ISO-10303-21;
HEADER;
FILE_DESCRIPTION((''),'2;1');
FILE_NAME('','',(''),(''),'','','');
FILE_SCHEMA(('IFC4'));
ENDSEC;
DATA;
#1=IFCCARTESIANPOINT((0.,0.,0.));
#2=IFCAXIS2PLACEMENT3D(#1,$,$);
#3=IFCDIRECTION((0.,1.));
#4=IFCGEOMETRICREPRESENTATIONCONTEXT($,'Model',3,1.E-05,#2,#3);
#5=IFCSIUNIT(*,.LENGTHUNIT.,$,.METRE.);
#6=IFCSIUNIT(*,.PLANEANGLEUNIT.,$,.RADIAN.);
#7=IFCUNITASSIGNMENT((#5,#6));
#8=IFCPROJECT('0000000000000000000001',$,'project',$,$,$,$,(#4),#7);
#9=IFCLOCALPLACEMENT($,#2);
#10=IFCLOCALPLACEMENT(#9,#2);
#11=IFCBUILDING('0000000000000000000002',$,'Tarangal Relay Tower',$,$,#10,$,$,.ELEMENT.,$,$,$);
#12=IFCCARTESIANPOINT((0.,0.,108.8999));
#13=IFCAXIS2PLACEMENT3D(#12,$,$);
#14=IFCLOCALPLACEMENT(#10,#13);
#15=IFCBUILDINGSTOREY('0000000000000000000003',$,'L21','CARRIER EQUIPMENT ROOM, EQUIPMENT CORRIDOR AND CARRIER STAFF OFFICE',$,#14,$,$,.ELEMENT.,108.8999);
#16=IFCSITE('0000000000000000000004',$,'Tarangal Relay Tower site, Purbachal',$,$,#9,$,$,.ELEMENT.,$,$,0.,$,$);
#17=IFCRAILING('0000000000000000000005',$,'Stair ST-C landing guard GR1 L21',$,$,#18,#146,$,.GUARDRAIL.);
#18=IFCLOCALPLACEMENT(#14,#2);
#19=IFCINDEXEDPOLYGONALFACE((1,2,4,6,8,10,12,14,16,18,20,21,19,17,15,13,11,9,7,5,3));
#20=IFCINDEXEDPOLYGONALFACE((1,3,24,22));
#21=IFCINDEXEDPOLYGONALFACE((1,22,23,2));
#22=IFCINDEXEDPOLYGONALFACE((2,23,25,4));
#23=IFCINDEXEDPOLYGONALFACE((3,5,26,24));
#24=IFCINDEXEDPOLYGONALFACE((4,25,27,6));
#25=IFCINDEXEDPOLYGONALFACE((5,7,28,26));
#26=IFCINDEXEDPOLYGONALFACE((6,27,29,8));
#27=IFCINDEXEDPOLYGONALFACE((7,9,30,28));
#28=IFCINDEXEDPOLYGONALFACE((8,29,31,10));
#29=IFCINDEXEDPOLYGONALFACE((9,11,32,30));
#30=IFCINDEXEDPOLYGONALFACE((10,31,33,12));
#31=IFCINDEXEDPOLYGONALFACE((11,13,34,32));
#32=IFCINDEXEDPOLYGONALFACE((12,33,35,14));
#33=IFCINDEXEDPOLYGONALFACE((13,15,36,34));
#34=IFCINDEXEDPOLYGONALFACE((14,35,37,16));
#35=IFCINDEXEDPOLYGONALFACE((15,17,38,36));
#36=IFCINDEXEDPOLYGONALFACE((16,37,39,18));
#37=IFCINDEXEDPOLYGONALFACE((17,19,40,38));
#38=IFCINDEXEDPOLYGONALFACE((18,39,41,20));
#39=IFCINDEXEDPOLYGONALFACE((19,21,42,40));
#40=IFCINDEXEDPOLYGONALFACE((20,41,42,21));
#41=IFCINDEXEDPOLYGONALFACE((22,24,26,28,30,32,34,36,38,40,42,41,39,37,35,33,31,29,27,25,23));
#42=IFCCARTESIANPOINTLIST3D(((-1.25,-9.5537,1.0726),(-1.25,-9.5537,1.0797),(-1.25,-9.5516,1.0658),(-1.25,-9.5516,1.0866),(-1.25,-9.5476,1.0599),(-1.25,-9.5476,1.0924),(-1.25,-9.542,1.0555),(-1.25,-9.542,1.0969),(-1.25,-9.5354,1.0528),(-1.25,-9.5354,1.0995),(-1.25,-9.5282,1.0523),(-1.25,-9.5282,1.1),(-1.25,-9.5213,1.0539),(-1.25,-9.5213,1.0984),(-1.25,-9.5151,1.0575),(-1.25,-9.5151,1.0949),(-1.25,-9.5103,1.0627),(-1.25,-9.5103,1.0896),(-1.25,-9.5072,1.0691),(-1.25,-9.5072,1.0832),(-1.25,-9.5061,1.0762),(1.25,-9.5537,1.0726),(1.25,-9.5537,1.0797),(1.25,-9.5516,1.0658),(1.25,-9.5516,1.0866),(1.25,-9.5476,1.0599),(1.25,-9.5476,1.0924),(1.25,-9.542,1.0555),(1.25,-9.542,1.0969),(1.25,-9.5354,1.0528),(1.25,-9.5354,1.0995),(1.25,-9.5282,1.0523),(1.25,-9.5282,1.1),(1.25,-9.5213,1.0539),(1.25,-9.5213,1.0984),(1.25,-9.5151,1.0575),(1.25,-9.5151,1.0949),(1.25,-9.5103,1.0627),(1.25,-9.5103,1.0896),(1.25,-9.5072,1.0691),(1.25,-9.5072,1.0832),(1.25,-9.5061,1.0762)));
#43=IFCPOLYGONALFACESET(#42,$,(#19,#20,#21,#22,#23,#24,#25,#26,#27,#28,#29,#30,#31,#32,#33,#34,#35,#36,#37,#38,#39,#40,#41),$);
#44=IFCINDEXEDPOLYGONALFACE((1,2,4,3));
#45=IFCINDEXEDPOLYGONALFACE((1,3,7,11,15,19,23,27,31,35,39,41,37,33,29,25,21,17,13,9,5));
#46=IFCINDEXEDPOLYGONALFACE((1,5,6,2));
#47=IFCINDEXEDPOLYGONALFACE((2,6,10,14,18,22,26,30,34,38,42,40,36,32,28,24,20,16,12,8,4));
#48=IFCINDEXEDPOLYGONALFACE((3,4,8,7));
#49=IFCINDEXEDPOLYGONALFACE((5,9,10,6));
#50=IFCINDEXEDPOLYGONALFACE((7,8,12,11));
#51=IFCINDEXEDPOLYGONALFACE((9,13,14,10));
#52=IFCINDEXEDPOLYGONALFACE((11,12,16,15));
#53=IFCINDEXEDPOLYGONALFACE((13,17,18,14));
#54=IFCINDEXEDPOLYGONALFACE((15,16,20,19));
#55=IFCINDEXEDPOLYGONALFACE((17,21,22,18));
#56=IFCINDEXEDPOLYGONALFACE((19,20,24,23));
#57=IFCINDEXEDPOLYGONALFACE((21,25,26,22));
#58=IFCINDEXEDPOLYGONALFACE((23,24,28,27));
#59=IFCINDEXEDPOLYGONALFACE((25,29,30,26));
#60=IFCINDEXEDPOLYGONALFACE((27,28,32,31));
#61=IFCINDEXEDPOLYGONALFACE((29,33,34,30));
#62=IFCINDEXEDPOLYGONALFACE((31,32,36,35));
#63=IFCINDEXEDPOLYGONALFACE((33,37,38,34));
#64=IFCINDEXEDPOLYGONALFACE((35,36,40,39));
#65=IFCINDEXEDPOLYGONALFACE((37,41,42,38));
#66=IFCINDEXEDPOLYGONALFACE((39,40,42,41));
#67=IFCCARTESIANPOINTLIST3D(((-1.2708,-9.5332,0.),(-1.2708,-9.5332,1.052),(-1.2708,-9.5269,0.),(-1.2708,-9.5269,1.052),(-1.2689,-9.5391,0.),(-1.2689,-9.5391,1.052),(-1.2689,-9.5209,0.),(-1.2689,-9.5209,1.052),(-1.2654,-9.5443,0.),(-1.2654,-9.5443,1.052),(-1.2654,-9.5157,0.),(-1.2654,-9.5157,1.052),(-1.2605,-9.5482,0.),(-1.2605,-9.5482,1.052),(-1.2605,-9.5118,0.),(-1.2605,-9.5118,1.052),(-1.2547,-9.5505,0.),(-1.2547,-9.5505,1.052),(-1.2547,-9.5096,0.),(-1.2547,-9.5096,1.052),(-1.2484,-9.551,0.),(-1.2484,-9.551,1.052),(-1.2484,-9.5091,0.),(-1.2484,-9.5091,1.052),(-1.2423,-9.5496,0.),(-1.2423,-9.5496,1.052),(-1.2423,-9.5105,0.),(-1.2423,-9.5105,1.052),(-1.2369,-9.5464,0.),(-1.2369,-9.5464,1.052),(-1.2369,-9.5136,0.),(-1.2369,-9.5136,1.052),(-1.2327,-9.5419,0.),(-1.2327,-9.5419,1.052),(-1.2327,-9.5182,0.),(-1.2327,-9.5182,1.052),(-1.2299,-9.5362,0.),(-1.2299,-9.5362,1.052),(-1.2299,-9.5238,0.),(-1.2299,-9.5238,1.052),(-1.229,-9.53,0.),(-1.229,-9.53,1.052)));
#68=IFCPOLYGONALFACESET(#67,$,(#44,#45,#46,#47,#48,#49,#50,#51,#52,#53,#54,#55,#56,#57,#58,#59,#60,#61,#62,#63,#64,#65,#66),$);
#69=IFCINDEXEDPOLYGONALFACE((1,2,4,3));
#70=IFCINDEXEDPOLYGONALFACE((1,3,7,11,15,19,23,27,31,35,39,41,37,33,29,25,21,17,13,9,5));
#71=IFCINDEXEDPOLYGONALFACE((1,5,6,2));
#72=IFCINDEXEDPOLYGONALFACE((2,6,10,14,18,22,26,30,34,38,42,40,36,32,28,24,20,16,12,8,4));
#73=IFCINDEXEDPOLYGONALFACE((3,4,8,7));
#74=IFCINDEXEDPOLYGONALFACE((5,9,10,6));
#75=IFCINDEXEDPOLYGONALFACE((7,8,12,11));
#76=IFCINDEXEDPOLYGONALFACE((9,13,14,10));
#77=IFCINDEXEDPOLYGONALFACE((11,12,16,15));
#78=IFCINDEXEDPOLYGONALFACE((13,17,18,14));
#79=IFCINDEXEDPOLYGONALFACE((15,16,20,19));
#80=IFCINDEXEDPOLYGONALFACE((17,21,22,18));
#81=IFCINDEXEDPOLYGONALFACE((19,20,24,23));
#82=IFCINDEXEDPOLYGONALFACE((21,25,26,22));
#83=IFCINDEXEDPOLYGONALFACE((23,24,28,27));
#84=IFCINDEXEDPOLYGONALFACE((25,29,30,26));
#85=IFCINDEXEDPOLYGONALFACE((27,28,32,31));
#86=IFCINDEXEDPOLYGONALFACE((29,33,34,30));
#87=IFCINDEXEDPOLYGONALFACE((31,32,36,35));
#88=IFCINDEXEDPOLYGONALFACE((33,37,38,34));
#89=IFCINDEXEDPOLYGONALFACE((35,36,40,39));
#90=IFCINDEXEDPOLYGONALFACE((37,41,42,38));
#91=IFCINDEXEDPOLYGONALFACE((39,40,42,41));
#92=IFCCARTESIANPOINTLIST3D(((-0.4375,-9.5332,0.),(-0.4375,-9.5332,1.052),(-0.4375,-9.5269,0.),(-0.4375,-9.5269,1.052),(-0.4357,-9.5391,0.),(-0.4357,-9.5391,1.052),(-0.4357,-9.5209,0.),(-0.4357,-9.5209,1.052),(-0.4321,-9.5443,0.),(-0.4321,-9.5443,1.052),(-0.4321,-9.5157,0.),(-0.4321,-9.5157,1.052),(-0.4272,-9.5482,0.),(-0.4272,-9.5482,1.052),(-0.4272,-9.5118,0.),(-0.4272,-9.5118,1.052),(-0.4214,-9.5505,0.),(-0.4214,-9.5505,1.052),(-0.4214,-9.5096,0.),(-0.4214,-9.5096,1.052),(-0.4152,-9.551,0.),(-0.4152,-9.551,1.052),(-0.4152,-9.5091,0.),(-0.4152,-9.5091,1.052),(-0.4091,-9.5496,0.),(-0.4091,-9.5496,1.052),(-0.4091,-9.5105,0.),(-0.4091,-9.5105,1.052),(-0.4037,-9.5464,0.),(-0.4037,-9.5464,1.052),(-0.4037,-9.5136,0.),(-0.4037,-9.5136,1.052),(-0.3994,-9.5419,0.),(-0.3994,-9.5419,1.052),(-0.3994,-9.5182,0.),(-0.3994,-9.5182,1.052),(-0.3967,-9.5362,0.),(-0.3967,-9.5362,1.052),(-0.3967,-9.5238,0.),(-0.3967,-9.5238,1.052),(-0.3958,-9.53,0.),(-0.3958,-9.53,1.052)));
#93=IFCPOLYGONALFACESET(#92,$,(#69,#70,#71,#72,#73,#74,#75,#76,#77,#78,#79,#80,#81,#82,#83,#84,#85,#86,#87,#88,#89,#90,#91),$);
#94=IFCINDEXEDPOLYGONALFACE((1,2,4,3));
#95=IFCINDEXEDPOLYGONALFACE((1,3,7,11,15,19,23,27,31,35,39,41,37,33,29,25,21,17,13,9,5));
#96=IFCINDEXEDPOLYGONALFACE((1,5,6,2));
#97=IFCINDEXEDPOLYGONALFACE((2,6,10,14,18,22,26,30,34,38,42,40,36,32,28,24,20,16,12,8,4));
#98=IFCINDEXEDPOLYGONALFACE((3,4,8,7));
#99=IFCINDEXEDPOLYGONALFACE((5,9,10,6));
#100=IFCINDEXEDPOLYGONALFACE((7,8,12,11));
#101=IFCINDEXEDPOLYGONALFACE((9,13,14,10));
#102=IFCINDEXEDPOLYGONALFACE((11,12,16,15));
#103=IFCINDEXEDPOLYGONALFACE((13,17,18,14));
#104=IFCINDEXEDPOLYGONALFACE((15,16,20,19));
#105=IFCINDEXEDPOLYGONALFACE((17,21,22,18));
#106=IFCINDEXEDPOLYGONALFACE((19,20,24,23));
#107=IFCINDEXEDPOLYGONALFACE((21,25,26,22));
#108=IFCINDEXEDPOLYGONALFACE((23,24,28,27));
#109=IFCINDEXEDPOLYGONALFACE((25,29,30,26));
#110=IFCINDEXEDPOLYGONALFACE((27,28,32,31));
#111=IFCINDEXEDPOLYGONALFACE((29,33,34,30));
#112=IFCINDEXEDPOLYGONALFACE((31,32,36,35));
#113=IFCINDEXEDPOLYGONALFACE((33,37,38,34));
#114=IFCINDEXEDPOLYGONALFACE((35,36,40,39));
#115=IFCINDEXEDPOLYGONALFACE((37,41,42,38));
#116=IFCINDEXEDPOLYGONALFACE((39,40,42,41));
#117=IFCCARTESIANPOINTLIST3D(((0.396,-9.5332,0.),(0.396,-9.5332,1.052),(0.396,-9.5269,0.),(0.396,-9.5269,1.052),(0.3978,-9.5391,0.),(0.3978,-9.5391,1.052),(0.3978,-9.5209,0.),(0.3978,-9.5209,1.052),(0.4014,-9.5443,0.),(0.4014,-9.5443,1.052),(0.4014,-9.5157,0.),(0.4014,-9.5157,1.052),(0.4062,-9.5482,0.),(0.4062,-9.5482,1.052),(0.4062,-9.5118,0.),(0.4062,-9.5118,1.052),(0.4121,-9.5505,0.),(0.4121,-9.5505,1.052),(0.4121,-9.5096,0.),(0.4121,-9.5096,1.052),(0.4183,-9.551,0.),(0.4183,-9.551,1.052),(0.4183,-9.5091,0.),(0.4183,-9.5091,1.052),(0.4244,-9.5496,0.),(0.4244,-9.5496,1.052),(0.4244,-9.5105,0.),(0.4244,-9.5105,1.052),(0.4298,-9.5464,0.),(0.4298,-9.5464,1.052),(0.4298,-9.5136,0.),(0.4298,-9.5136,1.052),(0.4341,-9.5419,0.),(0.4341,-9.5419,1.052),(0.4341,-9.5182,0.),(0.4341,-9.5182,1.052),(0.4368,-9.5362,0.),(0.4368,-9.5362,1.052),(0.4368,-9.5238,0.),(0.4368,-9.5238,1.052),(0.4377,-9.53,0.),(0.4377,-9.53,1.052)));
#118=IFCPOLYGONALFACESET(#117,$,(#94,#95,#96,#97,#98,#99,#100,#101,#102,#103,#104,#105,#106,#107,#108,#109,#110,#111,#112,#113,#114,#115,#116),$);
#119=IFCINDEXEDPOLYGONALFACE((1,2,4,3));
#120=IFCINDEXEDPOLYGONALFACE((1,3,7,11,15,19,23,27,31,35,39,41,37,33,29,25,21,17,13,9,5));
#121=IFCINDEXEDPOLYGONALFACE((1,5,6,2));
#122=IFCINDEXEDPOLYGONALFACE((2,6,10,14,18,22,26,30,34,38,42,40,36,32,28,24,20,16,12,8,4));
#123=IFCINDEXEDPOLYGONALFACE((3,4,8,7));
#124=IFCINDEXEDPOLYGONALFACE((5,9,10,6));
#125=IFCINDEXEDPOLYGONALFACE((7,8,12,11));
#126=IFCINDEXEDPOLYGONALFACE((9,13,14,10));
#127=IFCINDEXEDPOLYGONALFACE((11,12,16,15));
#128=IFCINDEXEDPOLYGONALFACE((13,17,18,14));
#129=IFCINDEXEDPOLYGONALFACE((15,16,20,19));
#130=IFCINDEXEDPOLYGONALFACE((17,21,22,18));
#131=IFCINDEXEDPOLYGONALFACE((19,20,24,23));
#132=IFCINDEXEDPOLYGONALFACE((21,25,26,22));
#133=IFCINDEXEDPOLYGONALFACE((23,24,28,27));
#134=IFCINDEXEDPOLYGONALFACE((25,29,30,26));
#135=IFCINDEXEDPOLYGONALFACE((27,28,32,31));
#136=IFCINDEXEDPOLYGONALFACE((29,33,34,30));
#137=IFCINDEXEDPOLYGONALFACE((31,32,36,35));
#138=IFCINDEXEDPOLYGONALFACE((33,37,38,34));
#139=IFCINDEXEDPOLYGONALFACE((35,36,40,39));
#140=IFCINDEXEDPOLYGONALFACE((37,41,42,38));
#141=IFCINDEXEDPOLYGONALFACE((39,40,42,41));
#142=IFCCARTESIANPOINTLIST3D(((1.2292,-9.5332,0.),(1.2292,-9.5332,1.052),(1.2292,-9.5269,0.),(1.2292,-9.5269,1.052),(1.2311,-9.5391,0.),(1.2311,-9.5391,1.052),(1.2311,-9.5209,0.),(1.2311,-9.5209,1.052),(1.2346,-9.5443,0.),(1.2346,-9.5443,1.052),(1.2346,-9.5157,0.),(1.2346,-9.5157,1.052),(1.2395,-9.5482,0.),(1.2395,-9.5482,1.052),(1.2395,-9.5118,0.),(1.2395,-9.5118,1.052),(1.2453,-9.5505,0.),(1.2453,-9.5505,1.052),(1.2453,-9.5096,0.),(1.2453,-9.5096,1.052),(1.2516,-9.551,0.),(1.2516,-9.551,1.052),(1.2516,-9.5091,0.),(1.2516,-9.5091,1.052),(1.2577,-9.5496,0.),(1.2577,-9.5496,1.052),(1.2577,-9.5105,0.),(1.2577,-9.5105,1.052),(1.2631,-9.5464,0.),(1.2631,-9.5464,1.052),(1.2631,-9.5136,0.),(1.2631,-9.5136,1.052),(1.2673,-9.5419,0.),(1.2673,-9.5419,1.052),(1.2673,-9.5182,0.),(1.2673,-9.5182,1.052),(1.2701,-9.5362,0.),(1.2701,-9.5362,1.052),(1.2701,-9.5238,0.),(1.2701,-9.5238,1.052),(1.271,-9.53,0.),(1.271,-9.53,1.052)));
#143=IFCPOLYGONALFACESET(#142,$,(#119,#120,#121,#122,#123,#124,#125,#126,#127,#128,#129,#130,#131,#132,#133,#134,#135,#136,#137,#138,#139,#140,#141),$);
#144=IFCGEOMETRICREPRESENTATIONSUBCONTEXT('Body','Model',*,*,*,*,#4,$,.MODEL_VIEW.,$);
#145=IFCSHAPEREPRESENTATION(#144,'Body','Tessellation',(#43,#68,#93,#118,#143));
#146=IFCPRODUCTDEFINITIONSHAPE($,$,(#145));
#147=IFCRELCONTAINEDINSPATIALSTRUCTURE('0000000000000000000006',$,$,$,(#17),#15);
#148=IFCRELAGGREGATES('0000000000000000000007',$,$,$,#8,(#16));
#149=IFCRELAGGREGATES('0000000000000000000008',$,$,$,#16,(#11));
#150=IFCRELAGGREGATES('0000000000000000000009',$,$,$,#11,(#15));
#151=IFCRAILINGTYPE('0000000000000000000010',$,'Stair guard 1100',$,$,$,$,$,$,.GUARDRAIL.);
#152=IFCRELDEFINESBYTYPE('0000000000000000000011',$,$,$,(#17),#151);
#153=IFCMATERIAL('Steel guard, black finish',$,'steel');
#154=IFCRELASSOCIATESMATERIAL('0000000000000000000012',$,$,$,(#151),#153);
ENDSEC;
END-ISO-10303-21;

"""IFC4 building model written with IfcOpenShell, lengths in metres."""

from ifc_helpers import new_model, si_unit, direction, frame, origin, origin_2d, place, context, subcontext, project, spatial, circle, extrude, material, type_object, element, save


model = new_model("IFC4")

# Units and contexts
model_context = context("Model", 3, precision=1e-05, world=origin(), true_north=direction((0.0, 1.0)))
body_context = subcontext(model_context, "Body", "Model", "MODEL_VIEW")
ifc_project = project(units=[si_unit("LENGTHUNIT", "METRE"), si_unit("PLANEANGLEUNIT", "RADIAN")], contexts=[model_context])

# Site, building, storey
site_placement = place(None, origin())
site = spatial("IfcSite", under=ifc_project, at=site_placement, Name="Tarangal Relay Tower site, Purbachal", CompositionType="ELEMENT", RefElevation=0.0)
building_placement = place(site_placement, origin())
building = spatial("IfcBuilding", under=site, at=building_placement, Name="Tarangal Relay Tower", CompositionType="ELEMENT")
storey_placement = place(building_placement, frame((0.0, 0.0, 108.8999)))
storey = spatial("IfcBuildingStorey", under=building, at=storey_placement, Name="L21", Description="CARRIER EQUIPMENT ROOM, EQUIPMENT CORRIDOR AND CARRIER STAFF OFFICE", CompositionType="ELEMENT", Elevation=108.8999)

# Railing
ifc_material_1 = material(Name="Steel guard, black finish", Category="steel")
railing_type_1 = type_object("IfcRailingType", Name="Stair guard 1100", PredefinedType="GUARDRAIL", material=ifc_material_1)
for number, where, name in (
    (1, (-1.25, -9.53, 0.0), "Stair ST-C landing guard GR1 L21"),
):
    element("IfcRailing", number, at=place(storey_placement, frame(where)), inside=storey, type_object=railing_type_1, Name=name, PredefinedType="GUARDRAIL", context=body_context, shape_type="SweptSolid", body=[
        extrude(circle(Radius=0.0239, at=origin_2d()), frame((0.0, 0.0, 1.0762), z_axis=(1.0, 0.0, 0.0), x_axis=(0.0, 1.0, 0.0)), (0.0, 0.0, 1.0), 2.5),
        extrude(circle(Radius=0.021, at=origin_2d()), origin(), (0.0, 0.0, 1.0), 1.052),
        extrude(circle(Radius=0.021, at=origin_2d()), frame((0.8333, 0.0, 0.0)), (0.0, 0.0, 1.0), 1.052),
        extrude(circle(Radius=0.021, at=origin_2d()), frame((1.6667, 0.0, 0.0)), (0.0, 0.0, 1.0), 1.052),
        extrude(circle(Radius=0.021, at=origin_2d()), frame((2.5, 0.0, 0.0)), (0.0, 0.0, 1.0), 1.052),
    ])

save(model, "model.ifc")
